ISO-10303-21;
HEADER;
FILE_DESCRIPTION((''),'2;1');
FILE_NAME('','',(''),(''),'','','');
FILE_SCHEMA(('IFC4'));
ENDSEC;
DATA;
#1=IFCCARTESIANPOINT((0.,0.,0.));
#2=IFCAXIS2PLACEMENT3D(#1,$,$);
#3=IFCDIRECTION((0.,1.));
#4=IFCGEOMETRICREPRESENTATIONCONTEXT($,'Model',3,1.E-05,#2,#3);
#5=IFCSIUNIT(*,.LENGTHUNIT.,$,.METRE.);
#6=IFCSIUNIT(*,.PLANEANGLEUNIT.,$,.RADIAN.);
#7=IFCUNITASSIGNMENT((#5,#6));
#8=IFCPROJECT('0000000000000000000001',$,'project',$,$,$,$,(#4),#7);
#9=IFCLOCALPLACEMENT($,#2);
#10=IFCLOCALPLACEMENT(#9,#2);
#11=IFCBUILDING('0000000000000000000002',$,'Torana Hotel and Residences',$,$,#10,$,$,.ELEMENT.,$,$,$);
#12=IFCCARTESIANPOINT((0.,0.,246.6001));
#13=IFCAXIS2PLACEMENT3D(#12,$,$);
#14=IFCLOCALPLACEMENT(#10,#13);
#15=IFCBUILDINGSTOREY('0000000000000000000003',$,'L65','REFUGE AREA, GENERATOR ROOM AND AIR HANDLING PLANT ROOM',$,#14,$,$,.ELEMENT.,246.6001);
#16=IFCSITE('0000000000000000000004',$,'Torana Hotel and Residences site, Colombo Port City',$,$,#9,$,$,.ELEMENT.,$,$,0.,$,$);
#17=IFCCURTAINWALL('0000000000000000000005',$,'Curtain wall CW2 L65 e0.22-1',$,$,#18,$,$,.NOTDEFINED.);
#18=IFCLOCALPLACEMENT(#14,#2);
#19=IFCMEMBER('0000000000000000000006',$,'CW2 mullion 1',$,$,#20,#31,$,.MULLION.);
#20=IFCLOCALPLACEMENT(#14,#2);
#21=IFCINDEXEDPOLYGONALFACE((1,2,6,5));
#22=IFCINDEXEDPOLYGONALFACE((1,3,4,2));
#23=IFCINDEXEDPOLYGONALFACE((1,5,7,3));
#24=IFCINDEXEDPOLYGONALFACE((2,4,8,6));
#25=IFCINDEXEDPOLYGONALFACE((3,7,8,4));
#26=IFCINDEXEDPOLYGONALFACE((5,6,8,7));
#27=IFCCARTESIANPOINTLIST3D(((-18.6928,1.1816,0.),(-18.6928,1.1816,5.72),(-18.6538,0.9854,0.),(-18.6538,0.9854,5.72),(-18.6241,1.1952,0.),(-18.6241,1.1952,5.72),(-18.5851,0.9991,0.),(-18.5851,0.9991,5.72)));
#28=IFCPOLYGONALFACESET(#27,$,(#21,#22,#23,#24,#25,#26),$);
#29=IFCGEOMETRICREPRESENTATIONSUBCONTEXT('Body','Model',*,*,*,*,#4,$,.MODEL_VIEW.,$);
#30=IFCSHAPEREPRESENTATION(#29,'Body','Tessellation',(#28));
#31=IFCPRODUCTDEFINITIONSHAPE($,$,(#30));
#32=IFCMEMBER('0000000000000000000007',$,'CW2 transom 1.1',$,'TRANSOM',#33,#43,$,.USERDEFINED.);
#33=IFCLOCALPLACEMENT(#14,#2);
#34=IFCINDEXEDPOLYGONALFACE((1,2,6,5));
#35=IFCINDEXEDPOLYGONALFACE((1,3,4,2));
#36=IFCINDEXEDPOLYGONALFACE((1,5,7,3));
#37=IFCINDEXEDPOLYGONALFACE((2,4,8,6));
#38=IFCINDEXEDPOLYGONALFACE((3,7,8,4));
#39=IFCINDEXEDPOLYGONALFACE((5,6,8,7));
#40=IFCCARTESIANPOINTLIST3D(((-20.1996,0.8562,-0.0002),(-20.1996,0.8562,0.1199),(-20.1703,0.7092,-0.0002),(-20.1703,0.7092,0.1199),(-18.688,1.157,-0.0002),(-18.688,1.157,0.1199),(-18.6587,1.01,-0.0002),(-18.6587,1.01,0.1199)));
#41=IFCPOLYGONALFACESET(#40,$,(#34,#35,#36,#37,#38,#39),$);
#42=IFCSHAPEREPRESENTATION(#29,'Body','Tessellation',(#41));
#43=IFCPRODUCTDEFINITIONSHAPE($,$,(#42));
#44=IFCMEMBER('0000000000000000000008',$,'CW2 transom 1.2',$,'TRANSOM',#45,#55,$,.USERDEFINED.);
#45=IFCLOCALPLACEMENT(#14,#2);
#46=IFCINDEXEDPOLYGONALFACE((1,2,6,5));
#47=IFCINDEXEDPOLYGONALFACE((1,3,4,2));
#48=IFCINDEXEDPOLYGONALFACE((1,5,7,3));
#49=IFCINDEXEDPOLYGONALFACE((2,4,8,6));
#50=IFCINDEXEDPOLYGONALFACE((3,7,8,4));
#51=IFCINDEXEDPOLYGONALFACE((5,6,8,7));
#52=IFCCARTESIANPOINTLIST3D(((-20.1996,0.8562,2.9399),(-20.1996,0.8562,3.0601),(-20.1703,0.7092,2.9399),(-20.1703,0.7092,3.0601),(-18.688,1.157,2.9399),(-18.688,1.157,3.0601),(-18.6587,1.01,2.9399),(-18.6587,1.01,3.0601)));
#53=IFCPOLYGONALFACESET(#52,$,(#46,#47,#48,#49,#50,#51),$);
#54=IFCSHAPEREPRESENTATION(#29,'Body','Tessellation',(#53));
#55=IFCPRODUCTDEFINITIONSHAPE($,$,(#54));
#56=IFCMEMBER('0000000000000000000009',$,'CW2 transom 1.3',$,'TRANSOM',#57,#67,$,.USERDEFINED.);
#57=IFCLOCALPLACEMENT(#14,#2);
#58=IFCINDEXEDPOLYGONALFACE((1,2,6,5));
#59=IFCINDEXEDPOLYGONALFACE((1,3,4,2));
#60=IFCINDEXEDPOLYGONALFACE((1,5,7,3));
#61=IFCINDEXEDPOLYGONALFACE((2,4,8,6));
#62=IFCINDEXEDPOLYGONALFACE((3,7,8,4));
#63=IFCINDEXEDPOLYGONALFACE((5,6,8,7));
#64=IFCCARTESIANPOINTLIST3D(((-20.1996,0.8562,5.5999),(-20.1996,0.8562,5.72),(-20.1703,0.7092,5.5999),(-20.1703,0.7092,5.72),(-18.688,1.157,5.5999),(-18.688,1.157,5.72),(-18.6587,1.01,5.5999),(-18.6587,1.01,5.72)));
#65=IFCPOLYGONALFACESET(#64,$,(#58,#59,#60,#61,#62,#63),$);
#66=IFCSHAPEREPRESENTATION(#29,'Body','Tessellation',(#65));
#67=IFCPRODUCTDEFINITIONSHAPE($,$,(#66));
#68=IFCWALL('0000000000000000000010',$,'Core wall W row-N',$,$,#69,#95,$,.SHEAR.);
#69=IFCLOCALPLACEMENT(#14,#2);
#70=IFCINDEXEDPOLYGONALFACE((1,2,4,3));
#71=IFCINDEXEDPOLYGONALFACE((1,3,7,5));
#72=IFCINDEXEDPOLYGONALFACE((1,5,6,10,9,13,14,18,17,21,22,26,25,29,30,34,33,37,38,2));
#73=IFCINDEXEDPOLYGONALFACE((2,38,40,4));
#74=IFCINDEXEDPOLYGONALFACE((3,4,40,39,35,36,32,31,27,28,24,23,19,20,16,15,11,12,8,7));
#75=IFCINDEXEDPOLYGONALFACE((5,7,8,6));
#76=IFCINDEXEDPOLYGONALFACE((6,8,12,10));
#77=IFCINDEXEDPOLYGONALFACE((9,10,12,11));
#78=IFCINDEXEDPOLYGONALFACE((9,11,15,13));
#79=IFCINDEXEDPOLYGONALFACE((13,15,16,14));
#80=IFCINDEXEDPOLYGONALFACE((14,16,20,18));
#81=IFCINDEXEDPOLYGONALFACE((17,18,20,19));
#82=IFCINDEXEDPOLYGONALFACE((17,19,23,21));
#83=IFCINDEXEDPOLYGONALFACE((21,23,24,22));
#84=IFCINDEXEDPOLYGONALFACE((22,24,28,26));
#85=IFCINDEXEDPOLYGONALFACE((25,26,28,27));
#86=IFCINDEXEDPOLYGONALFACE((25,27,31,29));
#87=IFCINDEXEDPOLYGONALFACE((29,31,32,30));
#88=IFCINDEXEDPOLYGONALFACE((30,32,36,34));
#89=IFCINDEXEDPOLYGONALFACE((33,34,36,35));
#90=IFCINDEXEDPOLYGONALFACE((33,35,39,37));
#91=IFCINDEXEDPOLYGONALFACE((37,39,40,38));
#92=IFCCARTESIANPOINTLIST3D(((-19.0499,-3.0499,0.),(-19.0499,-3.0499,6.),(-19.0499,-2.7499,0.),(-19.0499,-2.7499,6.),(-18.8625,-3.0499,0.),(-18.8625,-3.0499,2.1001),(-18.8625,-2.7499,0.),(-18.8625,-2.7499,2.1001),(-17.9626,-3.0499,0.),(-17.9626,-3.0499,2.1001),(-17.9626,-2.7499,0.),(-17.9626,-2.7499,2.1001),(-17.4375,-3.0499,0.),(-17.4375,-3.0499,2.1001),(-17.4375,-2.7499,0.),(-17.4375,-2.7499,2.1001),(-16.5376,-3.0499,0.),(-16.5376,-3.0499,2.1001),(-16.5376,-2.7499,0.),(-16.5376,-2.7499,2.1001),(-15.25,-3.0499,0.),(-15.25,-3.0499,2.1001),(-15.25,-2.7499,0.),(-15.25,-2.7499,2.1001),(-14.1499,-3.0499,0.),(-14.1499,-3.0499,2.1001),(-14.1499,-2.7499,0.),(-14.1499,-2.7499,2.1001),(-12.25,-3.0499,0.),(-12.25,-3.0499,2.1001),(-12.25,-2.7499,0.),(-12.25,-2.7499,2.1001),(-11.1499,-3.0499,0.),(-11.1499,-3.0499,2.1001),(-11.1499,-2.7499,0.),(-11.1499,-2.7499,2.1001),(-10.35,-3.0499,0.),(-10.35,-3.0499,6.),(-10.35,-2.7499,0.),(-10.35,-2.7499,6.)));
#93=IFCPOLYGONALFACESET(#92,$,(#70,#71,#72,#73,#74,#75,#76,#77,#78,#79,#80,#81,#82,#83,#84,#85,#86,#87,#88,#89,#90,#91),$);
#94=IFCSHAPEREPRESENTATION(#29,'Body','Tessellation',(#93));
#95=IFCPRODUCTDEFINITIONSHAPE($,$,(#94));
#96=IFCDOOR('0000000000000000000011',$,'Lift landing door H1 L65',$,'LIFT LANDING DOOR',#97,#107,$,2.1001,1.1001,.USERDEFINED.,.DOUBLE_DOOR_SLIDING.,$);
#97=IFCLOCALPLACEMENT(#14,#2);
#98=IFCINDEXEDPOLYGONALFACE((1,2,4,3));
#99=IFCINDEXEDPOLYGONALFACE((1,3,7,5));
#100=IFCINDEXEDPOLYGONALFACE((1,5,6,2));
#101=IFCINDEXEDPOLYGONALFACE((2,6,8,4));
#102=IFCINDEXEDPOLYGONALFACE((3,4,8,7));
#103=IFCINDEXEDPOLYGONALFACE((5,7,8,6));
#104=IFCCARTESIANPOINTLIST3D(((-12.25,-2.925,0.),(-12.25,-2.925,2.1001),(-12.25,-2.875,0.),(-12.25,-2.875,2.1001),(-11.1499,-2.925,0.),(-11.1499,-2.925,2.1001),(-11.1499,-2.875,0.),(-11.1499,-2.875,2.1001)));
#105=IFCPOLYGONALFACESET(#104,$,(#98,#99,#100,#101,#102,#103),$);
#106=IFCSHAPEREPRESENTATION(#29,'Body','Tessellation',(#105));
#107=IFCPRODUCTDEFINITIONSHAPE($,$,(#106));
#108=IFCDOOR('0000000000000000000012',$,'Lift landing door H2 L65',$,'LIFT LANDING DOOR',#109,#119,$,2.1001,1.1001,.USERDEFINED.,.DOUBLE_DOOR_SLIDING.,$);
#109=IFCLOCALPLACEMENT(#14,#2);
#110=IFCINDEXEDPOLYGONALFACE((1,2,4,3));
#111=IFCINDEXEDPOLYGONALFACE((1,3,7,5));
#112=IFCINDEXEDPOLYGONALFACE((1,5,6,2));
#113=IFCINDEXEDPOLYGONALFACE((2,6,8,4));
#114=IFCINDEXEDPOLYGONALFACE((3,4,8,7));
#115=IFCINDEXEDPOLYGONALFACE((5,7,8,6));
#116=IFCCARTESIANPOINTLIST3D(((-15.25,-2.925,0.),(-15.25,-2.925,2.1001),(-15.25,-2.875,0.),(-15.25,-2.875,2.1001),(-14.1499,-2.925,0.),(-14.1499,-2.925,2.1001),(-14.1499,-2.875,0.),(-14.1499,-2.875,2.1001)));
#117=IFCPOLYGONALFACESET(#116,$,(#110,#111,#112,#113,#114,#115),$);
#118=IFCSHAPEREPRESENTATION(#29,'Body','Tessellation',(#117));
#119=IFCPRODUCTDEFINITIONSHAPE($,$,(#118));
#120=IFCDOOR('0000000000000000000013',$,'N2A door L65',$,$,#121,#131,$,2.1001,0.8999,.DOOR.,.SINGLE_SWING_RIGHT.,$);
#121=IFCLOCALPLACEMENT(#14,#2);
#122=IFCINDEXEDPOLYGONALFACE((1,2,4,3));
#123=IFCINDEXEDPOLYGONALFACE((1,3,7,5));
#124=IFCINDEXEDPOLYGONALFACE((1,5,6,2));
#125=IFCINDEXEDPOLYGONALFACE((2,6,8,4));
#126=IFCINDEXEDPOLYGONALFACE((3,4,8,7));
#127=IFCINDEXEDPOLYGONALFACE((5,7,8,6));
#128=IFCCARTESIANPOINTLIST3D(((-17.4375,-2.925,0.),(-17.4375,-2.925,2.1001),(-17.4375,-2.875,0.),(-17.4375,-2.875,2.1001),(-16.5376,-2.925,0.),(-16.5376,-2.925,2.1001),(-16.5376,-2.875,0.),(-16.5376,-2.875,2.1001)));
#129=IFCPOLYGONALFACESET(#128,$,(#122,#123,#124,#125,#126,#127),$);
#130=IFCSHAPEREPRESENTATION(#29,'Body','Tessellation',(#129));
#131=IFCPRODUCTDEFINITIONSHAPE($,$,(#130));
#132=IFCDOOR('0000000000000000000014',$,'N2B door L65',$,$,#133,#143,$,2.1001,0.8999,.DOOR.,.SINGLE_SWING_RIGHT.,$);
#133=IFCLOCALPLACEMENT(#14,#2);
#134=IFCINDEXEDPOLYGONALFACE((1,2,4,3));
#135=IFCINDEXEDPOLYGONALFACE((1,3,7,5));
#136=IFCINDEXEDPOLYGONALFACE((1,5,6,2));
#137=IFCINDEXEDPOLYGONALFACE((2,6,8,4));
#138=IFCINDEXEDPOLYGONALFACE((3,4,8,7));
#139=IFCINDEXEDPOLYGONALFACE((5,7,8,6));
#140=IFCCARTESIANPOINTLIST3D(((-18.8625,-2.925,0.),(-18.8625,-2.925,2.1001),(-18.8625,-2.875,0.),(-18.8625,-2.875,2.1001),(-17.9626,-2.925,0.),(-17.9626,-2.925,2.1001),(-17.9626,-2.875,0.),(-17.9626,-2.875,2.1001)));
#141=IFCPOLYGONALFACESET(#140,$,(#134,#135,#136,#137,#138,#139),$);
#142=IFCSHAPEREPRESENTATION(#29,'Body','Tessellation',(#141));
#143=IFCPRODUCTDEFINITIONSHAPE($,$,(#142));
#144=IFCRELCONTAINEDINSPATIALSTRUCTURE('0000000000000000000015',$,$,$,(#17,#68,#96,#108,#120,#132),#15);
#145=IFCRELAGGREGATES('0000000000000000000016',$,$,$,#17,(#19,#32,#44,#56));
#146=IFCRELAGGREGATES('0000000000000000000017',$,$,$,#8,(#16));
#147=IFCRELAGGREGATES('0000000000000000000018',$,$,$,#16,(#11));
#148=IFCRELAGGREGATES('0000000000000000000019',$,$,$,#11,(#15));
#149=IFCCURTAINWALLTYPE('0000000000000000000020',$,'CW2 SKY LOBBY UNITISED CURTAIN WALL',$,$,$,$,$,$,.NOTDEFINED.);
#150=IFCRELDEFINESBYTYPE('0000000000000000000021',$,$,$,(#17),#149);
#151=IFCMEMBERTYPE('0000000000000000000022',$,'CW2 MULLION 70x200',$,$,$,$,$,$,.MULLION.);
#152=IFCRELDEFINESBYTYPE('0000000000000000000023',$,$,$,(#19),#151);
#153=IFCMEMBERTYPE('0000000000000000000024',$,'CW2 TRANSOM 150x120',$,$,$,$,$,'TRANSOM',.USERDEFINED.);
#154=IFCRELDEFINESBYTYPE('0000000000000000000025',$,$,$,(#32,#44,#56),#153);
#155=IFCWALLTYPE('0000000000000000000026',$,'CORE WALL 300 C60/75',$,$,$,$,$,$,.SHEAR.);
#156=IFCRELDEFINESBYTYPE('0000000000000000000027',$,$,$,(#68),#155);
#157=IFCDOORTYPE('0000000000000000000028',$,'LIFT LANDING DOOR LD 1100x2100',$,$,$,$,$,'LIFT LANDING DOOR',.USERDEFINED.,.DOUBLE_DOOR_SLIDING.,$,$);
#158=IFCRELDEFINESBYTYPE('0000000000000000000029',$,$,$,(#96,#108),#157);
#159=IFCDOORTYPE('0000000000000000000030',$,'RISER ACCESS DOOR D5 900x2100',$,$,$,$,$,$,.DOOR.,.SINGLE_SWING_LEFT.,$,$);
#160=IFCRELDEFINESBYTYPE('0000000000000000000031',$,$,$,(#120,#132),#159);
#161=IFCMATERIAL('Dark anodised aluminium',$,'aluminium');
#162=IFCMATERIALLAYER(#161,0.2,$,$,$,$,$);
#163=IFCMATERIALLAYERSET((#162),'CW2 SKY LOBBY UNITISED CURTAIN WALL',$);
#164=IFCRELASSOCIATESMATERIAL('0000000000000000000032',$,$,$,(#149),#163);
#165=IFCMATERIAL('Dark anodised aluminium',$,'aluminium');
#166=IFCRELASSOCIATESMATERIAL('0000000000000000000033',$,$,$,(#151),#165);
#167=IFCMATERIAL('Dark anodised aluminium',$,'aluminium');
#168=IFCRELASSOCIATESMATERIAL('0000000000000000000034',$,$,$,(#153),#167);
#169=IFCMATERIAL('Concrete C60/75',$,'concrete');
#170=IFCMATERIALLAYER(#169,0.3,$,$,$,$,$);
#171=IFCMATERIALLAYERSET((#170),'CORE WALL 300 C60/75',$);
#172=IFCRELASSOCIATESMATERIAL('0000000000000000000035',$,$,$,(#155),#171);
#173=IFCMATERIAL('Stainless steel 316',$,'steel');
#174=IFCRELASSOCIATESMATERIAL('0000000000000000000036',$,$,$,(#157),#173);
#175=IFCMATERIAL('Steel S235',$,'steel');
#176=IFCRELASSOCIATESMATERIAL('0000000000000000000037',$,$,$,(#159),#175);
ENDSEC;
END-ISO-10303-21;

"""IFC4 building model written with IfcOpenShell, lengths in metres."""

from ifc_helpers import new_model, si_unit, direction, frame, frame_2d, origin, origin_2d, place, context, subcontext, project, spatial, rectangle, extrude, material, layer, layer_set, material_profile, profile_set, type_object, element, fill, aggregate, save


model = new_model("IFC4")

# Units and contexts
model_context = context("Model", 3, precision=1e-05, world=origin(), true_north=direction((0.0, 1.0)))
body_context = subcontext(model_context, "Body", "Model", "MODEL_VIEW")
ifc_project = project(units=[si_unit("LENGTHUNIT", "METRE"), si_unit("PLANEANGLEUNIT", "RADIAN")], contexts=[model_context])

# Site, building, storey
site_placement = place(None, origin())
site = spatial("IfcSite", under=ifc_project, at=site_placement, Name="Torana Hotel and Residences site, Colombo Port City", CompositionType="ELEMENT", RefElevation=0.0)
building_placement = place(site_placement, origin())
building = spatial("IfcBuilding", under=site, at=building_placement, Name="Torana Hotel and Residences", CompositionType="ELEMENT")
storey_placement = place(building_placement, frame((0.0, 0.0, 246.6001)))
storey = spatial("IfcBuildingStorey", under=building, at=storey_placement, Name="L65", Description="REFUGE AREA, GENERATOR ROOM AND AIR HANDLING PLANT ROOM", CompositionType="ELEMENT", Elevation=246.6001)

# Curtain wall, members
ifc_material_1 = material(Name="Dark anodised aluminium", Category="aluminium")
ifc_layer_1 = layer(ifc_material_1, 0.2)
ifc_layer_set_1 = layer_set([ifc_layer_1], Name="CW2 SKY LOBBY UNITISED CURTAIN WALL")
curtain_wall_type = type_object("IfcCurtainWallType", Name="CW2 SKY LOBBY UNITISED CURTAIN WALL", PredefinedType="NOTDEFINED", material=ifc_layer_set_1)
curtain_wall_placement = place(storey_placement, origin())
curtain_wall = element("IfcCurtainWall", 1, at=curtain_wall_placement, inside=storey, type_object=curtain_wall_type, Name="Curtain wall CW2 L65 e0.22-1", PredefinedType="NOTDEFINED")
ifc_material_2 = material(Name="Dark anodised aluminium", Category="aluminium")
ifc_material_profile_1 = material_profile(ifc_material_2, rectangle(XDim=0.2, YDim=0.0701, at=origin_2d()), Name="CW2 MULLION 70x200")
ifc_profile_set_1 = profile_set([ifc_material_profile_1], Name="Dark anodised aluminium")
member_type_1 = type_object("IfcMemberType", Name="CW2 MULLION 70x200", PredefinedType="MULLION", material=ifc_profile_set_1)
member_1_placement = place(storey_placement, frame((-18.6389, 1.0903, 0.0), z_axis=(0.0, 0.0, 1.0), x_axis=(0.195064, -0.980791, 0.0)))
member_1 = element("IfcMember", 2, at=member_1_placement, type_object=member_type_1, Name="CW2 mullion 1", PredefinedType="MULLION", context=body_context, shape_type="SweptSolid", body=[
    extrude(rectangle(XDim=0.2, YDim=0.0701, at=origin_2d()), origin(), (0.0, 0.0, 1.0), 5.72),
])
ifc_material_3 = material(Name="Dark anodised aluminium", Category="aluminium")
ifc_material_profile_2 = material_profile(ifc_material_3, rectangle(XDim=0.1499, YDim=0.1201, at=origin_2d()), Name="CW2 TRANSOM 150x120")
ifc_profile_set_2 = profile_set([ifc_material_profile_2], Name="Dark anodised aluminium")
member_type_2 = type_object("IfcMemberType", Name="CW2 TRANSOM 150x120", ElementType="TRANSOM", PredefinedType="USERDEFINED", material=ifc_profile_set_2)
member_2_placement = place(storey_placement, frame((-18.6733, 1.0835, 0.0598), z_axis=(-0.980775, -0.195141, 0.0), x_axis=(0.195141, -0.980775, 0.0)))
member_2 = element("IfcMember", 3, at=member_2_placement, type_object=member_type_2, Name="CW2 transom 1.1", ObjectType="TRANSOM", PredefinedType="USERDEFINED", context=body_context, shape_type="SweptSolid", body=[
    extrude(rectangle(XDim=0.1499, YDim=0.1201, at=origin_2d()), origin(), (0.0, 0.0, 1.0), 1.5413),
])
member_3_placement = place(storey_placement, frame((-18.6733, 1.0835, 3.0), z_axis=(-0.980775, -0.195141, 0.0), x_axis=(0.195141, -0.980775, 0.0)))
member_3 = element("IfcMember", 4, at=member_3_placement, type_object=member_type_2, Name="CW2 transom 1.2", ObjectType="TRANSOM", PredefinedType="USERDEFINED", context=body_context, shape_type="SweptSolid", body=[
    extrude(rectangle(XDim=0.1499, YDim=0.1201, at=origin_2d()), origin(), (0.0, 0.0, 1.0), 1.5413),
])
member_4_placement = place(storey_placement, frame((-18.6733, 1.0835, 5.6599), z_axis=(-0.980775, -0.195141, 0.0), x_axis=(0.195141, -0.980775, 0.0)))
member_4 = element("IfcMember", 5, at=member_4_placement, type_object=member_type_2, Name="CW2 transom 1.3", ObjectType="TRANSOM", PredefinedType="USERDEFINED", context=body_context, shape_type="SweptSolid", body=[
    extrude(rectangle(XDim=0.1499, YDim=0.1201, at=origin_2d()), origin(), (0.0, 0.0, 1.0), 1.5413),
])
aggregate(curtain_wall, [member_1, member_2, member_3, member_4])

# Wall, openings, doors
ifc_material_4 = material(Name="Concrete C60/75", Category="concrete")
ifc_layer_2 = layer(ifc_material_4, 0.3)
ifc_layer_set_2 = layer_set([ifc_layer_2], Name="CORE WALL 300 C60/75")
wall_type_1 = type_object("IfcWallType", Name="CORE WALL 300 C60/75", PredefinedType="SHEAR", material=ifc_layer_set_2)
wall_1_placement = place(storey_placement, frame((-19.05, -2.8999, 0.0), z_axis=(0.0, 0.0, 1.0), x_axis=(1.0, 0.0, 0.0)))
wall_1 = element("IfcWall", 6, at=wall_1_placement, inside=storey, type_object=wall_type_1, Name="Core wall W row-N", PredefinedType="SHEAR", context=body_context, shape_type="SweptSolid", body=[
    extrude(rectangle(XDim=8.7, YDim=0.3, at=frame_2d((4.3501, 0.0))), origin(), (0.0, 0.0, 1.0), 6.0),
])
opening_1_placement = place(wall_1_placement, frame((6.8, 0.0, 0.0)))
opening_1 = element("IfcOpeningElement", 7, at=opening_1_placement, cuts=wall_1, PredefinedType="OPENING", context=body_context, shape_type="SweptSolid", body=[
    extrude(rectangle(XDim=1.1001, YDim=2.1001, at=frame_2d((0.55, 1.05))), frame((0.0, 0.1599, 0.0), z_axis=(0.0, -1.0, 0.0), x_axis=(1.0, 0.0, 0.0)), (0.0, 0.0, 1.0), 0.3201),
])
opening_2_placement = place(wall_1_placement, frame((3.8, 0.0, 0.0)))
opening_2 = element("IfcOpeningElement", 8, at=opening_2_placement, cuts=wall_1, PredefinedType="OPENING", context=body_context, shape_type="SweptSolid", body=[
    extrude(rectangle(XDim=1.1001, YDim=2.1001, at=frame_2d((0.55, 1.05))), frame((0.0, 0.1599, 0.0), z_axis=(0.0, -1.0, 0.0), x_axis=(1.0, 0.0, 0.0)), (0.0, 0.0, 1.0), 0.3201),
])
opening_3_placement = place(wall_1_placement, frame((1.6125, 0.0, 0.0)))
opening_3 = element("IfcOpeningElement", 9, at=opening_3_placement, cuts=wall_1, PredefinedType="OPENING", context=body_context, shape_type="SweptSolid", body=[
    extrude(rectangle(XDim=0.8999, YDim=2.1001, at=frame_2d((0.45, 1.05))), frame((0.0, 0.1599, 0.0), z_axis=(0.0, -1.0, 0.0), x_axis=(1.0, 0.0, 0.0)), (0.0, 0.0, 1.0), 0.3201),
])
opening_4_placement = place(wall_1_placement, frame((0.1875, 0.0, 0.0)))
opening_4 = element("IfcOpeningElement", 10, at=opening_4_placement, cuts=wall_1, PredefinedType="OPENING", context=body_context, shape_type="SweptSolid", body=[
    extrude(rectangle(XDim=0.8999, YDim=2.1001, at=frame_2d((0.45, 1.05))), frame((0.0, 0.1599, 0.0), z_axis=(0.0, -1.0, 0.0), x_axis=(1.0, 0.0, 0.0)), (0.0, 0.0, 1.0), 0.3201),
])
ifc_material_5 = material(Name="Stainless steel 316", Category="steel")
door_type_1 = type_object("IfcDoorType", Name="LIFT LANDING DOOR LD 1100x2100", ElementType="LIFT LANDING DOOR", OperationType="DOUBLE_DOOR_SLIDING", PredefinedType="USERDEFINED", material=ifc_material_5)
door_1_placement = place(opening_1_placement, origin())
door_1 = element("IfcDoor", 11, at=door_1_placement, inside=storey, type_object=door_type_1, Name="Lift landing door H1 L65", ObjectType="LIFT LANDING DOOR", OperationType="DOUBLE_DOOR_SLIDING", OverallHeight=2.1001, OverallWidth=1.1001, PredefinedType="USERDEFINED", context=body_context, shape_type="SweptSolid", body=[
    extrude(rectangle(XDim=1.1001, YDim=2.1001, at=frame_2d((0.55, 1.05))), frame((0.0, 0.0249, 0.0), z_axis=(0.0, -1.0, 0.0), x_axis=(1.0, 0.0, 0.0)), (0.0, 0.0, 1.0), 0.05),
])
fill(opening_1, door_1)
door_2_placement = place(opening_2_placement, origin())
door_2 = element("IfcDoor", 12, at=door_2_placement, inside=storey, type_object=door_type_1, Name="Lift landing door H2 L65", ObjectType="LIFT LANDING DOOR", OperationType="DOUBLE_DOOR_SLIDING", OverallHeight=2.1001, OverallWidth=1.1001, PredefinedType="USERDEFINED", context=body_context, shape_type="SweptSolid", body=[
    extrude(rectangle(XDim=1.1001, YDim=2.1001, at=frame_2d((0.55, 1.05))), frame((0.0, 0.0249, 0.0), z_axis=(0.0, -1.0, 0.0), x_axis=(1.0, 0.0, 0.0)), (0.0, 0.0, 1.0), 0.05),
])
fill(opening_2, door_2)
ifc_material_6 = material(Name="Steel S235", Category="steel")
door_type_2 = type_object("IfcDoorType", Name="RISER ACCESS DOOR D5 900x2100", OperationType="SINGLE_SWING_LEFT", PredefinedType="DOOR", material=ifc_material_6)
door_3_placement = place(opening_3_placement, origin())
door_3 = element("IfcDoor", 13, at=door_3_placement, inside=storey, type_object=door_type_2, Name="N2A door L65", OperationType="SINGLE_SWING_RIGHT", OverallHeight=2.1001, OverallWidth=0.8999, PredefinedType="DOOR", context=body_context, shape_type="SweptSolid", body=[
    extrude(rectangle(XDim=0.8999, YDim=2.1001, at=frame_2d((0.45, 1.05))), frame((0.0, 0.0249, 0.0), z_axis=(0.0, -1.0, 0.0), x_axis=(1.0, 0.0, 0.0)), (0.0, 0.0, 1.0), 0.05),
])
fill(opening_3, door_3)
door_4_placement = place(opening_4_placement, origin())
door_4 = element("IfcDoor", 14, at=door_4_placement, inside=storey, type_object=door_type_2, Name="N2B door L65", OperationType="SINGLE_SWING_RIGHT", OverallHeight=2.1001, OverallWidth=0.8999, PredefinedType="DOOR", context=body_context, shape_type="SweptSolid", body=[
    extrude(rectangle(XDim=0.8999, YDim=2.1001, at=frame_2d((0.45, 1.05))), frame((0.0, 0.0249, 0.0), z_axis=(0.0, -1.0, 0.0), x_axis=(1.0, 0.0, 0.0)), (0.0, 0.0, 1.0), 0.05),
])
fill(opening_4, door_4)

save(model, "model.ifc")
